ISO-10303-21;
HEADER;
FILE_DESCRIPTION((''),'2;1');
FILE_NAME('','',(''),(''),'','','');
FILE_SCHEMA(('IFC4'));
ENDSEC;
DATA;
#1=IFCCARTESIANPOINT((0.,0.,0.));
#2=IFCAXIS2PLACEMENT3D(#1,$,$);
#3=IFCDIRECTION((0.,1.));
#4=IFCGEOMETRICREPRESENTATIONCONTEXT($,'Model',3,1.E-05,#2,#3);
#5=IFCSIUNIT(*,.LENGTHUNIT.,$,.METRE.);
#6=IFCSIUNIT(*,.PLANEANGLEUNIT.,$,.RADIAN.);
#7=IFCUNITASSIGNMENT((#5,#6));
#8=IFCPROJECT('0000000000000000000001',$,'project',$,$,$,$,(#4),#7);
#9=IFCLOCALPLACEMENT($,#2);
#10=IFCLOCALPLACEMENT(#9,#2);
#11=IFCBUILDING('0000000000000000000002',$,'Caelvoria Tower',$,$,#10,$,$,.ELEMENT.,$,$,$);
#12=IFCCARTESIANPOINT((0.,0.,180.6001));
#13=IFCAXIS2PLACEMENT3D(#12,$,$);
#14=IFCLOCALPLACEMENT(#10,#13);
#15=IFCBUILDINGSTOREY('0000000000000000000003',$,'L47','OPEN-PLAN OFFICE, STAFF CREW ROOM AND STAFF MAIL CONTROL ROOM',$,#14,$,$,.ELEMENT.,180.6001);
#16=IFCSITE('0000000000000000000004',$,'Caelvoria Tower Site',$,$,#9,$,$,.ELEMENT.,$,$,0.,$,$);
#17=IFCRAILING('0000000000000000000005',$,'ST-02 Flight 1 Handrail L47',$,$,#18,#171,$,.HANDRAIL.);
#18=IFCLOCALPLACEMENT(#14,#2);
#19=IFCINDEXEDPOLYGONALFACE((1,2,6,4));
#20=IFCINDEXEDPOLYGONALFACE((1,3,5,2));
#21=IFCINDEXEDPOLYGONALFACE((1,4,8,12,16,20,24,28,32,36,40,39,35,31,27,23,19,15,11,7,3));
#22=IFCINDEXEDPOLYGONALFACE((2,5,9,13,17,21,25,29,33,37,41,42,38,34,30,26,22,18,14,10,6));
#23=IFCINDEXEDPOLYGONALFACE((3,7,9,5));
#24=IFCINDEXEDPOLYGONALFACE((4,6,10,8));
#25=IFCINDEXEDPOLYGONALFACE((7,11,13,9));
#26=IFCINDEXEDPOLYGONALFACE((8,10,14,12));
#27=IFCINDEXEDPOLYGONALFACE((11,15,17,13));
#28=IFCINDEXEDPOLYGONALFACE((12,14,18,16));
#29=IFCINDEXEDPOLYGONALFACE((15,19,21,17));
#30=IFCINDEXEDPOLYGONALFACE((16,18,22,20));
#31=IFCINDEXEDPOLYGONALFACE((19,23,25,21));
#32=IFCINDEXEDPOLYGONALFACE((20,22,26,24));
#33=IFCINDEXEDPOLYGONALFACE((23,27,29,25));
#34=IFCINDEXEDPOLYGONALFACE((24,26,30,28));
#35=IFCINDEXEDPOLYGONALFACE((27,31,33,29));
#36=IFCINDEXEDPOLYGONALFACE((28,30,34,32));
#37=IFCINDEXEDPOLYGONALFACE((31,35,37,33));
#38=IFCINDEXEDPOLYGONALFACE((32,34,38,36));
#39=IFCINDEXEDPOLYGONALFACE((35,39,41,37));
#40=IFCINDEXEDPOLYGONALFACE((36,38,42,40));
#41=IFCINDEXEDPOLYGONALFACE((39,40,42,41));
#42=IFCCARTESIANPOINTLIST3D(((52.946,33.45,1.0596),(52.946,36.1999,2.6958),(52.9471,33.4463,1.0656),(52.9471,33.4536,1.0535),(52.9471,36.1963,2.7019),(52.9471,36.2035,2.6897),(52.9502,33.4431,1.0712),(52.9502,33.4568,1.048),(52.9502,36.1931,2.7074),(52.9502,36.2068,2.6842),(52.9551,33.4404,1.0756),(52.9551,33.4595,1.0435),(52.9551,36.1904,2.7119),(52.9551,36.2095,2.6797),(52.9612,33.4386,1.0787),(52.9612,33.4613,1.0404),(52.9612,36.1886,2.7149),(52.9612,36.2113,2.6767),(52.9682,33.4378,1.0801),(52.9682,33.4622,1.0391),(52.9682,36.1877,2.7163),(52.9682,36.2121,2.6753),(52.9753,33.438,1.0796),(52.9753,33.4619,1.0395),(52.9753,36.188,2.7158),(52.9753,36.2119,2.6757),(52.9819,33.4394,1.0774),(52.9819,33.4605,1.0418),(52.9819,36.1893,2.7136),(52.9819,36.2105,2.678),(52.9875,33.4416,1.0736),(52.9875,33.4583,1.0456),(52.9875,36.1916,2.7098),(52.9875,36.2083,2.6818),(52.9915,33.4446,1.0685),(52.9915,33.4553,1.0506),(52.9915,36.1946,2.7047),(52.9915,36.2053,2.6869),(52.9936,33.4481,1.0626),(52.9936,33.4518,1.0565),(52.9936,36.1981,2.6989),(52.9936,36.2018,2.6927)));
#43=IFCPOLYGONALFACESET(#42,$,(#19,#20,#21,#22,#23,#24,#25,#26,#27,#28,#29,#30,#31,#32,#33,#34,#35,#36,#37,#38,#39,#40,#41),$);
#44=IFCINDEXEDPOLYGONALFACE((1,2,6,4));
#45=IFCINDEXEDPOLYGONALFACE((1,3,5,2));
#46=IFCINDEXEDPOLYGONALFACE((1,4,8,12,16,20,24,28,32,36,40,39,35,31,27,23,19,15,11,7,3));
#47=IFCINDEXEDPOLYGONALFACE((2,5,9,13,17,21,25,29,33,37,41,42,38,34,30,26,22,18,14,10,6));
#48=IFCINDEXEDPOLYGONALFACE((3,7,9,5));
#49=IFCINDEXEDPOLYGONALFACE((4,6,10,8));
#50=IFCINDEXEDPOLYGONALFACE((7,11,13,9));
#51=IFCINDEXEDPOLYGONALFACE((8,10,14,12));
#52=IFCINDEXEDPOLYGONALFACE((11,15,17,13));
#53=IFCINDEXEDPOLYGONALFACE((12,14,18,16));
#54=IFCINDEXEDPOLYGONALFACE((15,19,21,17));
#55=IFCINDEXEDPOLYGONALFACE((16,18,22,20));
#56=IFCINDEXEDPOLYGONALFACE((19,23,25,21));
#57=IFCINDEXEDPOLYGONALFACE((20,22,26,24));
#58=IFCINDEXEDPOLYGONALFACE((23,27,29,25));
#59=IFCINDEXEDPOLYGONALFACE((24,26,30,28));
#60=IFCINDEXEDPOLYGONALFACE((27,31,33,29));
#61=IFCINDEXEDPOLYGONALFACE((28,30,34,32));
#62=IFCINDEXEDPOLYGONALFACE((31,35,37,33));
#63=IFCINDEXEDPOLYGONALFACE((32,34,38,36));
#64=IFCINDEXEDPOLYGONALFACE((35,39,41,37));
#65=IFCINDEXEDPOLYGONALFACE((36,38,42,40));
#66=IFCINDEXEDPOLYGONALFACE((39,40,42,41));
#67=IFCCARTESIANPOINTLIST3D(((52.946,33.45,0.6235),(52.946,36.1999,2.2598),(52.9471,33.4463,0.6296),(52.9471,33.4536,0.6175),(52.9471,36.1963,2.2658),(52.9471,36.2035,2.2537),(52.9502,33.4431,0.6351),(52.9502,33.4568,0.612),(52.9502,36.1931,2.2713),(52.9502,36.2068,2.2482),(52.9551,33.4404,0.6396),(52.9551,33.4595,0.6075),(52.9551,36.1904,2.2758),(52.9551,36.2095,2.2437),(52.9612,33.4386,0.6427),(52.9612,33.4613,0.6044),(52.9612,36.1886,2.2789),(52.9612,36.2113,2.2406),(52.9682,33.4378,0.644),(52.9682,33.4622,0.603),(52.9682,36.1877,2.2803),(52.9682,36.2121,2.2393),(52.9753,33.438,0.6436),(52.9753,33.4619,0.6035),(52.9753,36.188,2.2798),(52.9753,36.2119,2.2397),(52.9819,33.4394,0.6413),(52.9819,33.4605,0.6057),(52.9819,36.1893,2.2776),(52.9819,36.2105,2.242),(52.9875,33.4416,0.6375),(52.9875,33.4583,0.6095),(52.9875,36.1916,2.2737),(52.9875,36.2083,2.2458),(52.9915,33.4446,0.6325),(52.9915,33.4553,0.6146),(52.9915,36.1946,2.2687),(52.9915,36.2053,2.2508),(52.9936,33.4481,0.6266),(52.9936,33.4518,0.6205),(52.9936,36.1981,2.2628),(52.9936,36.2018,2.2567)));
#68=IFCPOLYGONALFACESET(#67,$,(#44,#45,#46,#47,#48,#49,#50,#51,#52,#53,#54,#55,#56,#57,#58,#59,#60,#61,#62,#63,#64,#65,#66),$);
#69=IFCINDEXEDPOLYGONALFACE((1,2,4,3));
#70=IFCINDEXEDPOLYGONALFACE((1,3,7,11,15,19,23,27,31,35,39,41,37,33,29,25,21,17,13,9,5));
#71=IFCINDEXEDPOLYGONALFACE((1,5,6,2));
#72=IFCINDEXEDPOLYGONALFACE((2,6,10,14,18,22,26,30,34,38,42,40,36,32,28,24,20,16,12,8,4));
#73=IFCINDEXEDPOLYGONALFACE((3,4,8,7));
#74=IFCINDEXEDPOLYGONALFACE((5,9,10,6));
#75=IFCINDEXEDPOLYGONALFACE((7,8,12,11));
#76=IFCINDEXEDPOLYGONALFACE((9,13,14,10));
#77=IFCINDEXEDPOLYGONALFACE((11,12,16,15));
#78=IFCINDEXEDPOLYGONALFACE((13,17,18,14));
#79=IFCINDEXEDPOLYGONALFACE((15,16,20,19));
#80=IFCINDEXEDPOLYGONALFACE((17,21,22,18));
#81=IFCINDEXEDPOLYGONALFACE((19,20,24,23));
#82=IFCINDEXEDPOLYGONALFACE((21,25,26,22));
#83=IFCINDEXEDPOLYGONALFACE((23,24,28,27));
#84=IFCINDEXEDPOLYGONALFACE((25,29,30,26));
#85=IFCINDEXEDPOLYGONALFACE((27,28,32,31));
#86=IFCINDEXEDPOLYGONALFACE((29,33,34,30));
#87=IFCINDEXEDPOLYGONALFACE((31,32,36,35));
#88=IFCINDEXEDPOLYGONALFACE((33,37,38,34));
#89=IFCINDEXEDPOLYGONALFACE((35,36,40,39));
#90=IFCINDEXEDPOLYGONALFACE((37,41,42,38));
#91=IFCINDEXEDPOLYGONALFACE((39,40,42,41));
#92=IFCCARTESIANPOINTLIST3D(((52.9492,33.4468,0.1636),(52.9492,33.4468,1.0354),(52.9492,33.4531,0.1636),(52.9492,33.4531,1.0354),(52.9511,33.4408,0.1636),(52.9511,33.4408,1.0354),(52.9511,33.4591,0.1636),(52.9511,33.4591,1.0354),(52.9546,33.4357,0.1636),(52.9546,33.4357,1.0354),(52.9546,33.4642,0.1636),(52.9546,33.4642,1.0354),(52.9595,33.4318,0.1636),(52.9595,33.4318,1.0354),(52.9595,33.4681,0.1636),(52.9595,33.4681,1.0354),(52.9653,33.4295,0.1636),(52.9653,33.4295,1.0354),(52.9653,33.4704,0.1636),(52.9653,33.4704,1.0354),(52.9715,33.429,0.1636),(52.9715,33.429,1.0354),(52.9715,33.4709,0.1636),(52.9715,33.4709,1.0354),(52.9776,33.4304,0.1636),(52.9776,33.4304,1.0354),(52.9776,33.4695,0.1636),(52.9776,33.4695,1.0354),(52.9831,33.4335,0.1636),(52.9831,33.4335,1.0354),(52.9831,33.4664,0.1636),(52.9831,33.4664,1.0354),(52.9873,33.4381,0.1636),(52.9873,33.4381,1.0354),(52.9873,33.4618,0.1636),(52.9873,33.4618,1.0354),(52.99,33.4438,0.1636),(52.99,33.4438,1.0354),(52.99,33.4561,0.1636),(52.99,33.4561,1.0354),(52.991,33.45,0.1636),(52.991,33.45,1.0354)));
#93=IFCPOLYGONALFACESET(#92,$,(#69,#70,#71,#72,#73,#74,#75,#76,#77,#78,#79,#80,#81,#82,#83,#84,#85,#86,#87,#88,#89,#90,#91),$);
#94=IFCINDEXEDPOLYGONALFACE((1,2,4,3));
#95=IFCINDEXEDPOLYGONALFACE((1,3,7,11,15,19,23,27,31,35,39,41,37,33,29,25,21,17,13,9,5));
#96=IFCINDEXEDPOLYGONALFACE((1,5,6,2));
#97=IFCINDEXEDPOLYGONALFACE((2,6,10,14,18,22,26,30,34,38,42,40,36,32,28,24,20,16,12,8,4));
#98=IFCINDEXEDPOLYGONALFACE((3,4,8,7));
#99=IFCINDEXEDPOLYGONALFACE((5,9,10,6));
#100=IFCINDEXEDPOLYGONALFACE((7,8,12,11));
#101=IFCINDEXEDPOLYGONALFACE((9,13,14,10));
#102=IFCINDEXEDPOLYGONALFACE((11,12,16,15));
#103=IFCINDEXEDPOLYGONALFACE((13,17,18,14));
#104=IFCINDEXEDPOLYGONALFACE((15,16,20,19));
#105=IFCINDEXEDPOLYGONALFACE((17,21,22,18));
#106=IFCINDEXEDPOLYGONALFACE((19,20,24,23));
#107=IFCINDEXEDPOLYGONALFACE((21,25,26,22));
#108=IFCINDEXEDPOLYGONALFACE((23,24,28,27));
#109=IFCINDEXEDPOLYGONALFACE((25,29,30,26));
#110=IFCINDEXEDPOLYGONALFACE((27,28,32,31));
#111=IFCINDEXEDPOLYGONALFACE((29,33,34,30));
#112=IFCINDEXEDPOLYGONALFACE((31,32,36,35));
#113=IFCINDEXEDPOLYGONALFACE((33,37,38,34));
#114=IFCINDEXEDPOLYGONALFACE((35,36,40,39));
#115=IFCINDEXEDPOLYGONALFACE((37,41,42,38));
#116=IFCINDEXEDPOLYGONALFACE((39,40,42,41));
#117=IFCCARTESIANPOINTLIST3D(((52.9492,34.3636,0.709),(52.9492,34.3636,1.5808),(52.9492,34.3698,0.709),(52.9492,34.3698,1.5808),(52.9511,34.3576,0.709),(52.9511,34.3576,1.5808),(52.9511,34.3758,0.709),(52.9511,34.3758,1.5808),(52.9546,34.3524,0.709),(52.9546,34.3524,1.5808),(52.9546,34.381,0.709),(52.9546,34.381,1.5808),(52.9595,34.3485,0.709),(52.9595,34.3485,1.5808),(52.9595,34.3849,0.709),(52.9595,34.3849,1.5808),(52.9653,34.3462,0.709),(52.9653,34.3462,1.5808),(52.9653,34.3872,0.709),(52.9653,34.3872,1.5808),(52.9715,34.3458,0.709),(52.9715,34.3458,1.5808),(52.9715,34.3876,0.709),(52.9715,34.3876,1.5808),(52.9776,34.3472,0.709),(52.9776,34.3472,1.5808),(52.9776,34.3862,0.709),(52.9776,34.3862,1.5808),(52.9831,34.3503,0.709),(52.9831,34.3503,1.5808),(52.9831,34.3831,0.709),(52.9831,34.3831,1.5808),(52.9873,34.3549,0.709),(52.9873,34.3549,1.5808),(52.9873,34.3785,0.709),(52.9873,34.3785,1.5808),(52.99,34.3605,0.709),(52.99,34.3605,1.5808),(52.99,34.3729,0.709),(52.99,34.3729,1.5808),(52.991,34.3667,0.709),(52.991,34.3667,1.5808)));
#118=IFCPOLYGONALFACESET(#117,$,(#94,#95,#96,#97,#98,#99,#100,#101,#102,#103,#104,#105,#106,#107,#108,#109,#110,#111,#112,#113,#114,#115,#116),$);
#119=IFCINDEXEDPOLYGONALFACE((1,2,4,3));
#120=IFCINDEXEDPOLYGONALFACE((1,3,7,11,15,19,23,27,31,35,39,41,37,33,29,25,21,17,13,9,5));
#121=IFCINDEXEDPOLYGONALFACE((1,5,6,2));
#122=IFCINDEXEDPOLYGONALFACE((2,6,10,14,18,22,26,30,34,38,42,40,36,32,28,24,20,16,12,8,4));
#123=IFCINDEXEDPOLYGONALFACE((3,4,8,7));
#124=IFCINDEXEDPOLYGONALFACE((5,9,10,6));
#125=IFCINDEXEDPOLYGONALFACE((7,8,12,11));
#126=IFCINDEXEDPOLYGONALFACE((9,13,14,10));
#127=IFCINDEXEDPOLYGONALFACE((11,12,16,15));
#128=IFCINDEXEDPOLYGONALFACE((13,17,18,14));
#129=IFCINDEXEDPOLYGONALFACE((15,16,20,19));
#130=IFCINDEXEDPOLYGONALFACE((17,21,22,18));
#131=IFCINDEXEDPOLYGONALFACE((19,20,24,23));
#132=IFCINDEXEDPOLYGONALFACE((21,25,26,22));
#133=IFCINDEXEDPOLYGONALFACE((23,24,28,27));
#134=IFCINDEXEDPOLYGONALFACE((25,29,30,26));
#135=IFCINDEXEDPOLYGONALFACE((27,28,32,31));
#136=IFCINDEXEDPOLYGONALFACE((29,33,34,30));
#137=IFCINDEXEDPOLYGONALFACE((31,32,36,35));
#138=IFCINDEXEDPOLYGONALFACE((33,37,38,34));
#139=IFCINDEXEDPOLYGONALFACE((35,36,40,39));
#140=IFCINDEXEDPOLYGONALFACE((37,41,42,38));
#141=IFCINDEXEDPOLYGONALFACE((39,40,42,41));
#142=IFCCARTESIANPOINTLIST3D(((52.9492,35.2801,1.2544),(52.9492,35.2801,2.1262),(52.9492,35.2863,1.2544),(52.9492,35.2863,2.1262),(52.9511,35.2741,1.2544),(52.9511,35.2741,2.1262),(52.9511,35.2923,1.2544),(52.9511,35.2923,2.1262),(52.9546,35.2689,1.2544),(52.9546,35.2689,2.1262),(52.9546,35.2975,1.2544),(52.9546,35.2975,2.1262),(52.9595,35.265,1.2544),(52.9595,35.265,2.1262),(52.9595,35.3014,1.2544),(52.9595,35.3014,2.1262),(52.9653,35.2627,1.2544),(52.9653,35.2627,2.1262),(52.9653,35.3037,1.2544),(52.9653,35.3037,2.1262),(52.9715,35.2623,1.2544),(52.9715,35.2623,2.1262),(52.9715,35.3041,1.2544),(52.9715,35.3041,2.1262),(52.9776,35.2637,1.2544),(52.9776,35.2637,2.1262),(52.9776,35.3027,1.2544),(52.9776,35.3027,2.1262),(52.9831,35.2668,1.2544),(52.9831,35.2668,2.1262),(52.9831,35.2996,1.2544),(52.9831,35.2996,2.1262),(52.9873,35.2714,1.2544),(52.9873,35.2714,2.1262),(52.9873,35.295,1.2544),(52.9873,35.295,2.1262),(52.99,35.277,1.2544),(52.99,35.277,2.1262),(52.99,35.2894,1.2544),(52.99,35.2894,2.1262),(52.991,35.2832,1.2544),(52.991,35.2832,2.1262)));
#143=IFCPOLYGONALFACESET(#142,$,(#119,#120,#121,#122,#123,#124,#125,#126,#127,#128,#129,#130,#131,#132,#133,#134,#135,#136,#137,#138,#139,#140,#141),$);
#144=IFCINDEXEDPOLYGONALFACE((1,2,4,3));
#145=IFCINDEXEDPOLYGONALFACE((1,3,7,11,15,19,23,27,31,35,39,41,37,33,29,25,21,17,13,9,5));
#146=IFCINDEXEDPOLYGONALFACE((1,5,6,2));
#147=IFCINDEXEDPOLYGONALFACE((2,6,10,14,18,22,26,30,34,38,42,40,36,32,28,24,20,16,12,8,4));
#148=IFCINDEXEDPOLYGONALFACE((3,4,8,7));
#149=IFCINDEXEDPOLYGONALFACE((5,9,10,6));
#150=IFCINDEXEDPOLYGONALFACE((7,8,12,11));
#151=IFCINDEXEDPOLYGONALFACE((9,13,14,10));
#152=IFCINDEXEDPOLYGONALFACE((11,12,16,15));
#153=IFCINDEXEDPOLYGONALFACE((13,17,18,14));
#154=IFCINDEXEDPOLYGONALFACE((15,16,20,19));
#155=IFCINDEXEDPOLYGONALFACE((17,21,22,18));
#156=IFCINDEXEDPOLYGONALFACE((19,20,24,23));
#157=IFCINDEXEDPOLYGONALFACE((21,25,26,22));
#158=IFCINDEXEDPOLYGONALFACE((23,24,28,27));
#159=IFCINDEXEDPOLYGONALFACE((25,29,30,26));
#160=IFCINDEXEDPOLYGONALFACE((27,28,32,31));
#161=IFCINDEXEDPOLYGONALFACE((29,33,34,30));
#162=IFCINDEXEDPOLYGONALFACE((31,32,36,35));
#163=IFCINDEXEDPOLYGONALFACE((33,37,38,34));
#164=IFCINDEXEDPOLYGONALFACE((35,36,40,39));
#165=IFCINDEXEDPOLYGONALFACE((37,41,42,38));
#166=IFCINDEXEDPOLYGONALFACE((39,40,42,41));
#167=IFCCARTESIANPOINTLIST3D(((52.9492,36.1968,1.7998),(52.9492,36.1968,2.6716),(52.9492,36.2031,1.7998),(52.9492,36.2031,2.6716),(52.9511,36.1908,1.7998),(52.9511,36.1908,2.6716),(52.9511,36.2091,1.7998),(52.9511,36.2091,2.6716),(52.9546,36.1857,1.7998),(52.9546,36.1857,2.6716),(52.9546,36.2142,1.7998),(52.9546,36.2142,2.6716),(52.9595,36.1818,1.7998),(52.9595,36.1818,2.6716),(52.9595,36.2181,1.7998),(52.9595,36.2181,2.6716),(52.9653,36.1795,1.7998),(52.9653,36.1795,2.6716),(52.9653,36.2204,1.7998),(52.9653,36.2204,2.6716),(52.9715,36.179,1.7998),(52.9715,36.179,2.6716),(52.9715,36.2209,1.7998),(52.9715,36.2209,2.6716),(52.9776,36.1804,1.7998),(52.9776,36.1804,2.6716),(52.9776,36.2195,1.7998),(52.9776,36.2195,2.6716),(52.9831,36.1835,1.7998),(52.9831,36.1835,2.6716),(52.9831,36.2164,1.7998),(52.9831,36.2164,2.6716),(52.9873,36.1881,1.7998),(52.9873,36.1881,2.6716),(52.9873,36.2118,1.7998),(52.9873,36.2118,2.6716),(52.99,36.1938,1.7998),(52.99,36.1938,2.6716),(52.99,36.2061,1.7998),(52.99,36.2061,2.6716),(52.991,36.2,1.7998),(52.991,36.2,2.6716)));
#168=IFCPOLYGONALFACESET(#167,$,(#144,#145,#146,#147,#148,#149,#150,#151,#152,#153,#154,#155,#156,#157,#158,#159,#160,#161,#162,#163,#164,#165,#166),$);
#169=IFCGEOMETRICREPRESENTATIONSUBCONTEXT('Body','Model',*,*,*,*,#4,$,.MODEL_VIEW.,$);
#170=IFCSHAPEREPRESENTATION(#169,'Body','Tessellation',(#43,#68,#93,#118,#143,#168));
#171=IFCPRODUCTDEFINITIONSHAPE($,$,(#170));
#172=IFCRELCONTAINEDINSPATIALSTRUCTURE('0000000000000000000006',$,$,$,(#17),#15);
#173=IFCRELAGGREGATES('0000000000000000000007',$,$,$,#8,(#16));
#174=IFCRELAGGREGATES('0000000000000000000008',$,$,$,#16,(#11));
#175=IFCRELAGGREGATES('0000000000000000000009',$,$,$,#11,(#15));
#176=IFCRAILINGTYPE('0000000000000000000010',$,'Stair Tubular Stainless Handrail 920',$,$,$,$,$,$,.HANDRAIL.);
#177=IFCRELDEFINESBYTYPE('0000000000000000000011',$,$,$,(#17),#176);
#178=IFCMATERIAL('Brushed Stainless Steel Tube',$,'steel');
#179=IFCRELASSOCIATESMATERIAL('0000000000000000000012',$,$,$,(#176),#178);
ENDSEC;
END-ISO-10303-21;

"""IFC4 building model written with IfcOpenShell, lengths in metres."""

from ifc_helpers import new_model, si_unit, direction, frame, origin, origin_2d, place, context, subcontext, project, spatial, circle, extrude, material, type_object, element, save


model = new_model("IFC4")

# Units and contexts
model_context = context("Model", 3, precision=1e-05, world=origin(), true_north=direction((0.0, 1.0)))
body_context = subcontext(model_context, "Body", "Model", "MODEL_VIEW")
ifc_project = project(units=[si_unit("LENGTHUNIT", "METRE"), si_unit("PLANEANGLEUNIT", "RADIAN")], contexts=[model_context])

# Site, building, storey
site_placement = place(None, origin())
site = spatial("IfcSite", under=ifc_project, at=site_placement, Name="Caelvoria Tower Site", CompositionType="ELEMENT", RefElevation=0.0)
building_placement = place(site_placement, origin())
building = spatial("IfcBuilding", under=site, at=building_placement, Name="Caelvoria Tower", CompositionType="ELEMENT")
storey_placement = place(building_placement, frame((0.0, 0.0, 180.6001)))
storey = spatial("IfcBuildingStorey", under=building, at=storey_placement, Name="L47", Description="OPEN-PLAN OFFICE, STAFF CREW ROOM AND STAFF MAIL CONTROL ROOM", CompositionType="ELEMENT", Elevation=180.6001)

# Railing
ifc_material_1 = material(Name="Brushed Stainless Steel Tube", Category="steel")
railing_type_1 = type_object("IfcRailingType", Name="Stair Tubular Stainless Handrail 920", PredefinedType="HANDRAIL", material=ifc_material_1)
railing_1_placement = place(storey_placement, frame((52.97, 33.45, 0.1636)))
element("IfcRailing", 1, at=railing_1_placement, inside=storey, type_object=railing_type_1, Name="ST-02 Flight 1 Handrail L47", PredefinedType="HANDRAIL", context=body_context, shape_type="SweptSolid", body=[
    extrude(circle(Radius=0.0239, at=origin_2d()), frame((0.0, 0.0, 0.896), z_axis=(0.0, 0.859385, 0.511328), x_axis=(-1.0, 0.0, 0.0)), (0.0, 0.0, 1.0), 3.2),
    extrude(circle(Radius=0.0239, at=origin_2d()), frame((0.0, 0.0, 0.46), z_axis=(0.0, 0.859385, 0.511328), x_axis=(-1.0, 0.0, 0.0)), (0.0, 0.0, 1.0), 3.2),
    extrude(circle(Radius=0.021, at=origin_2d()), origin(), (0.0, 0.0, 1.0), 0.8718),
    extrude(circle(Radius=0.021, at=origin_2d()), frame((0.0, 0.9167, 0.5454)), (0.0, 0.0, 1.0), 0.8718),
    extrude(circle(Radius=0.021, at=origin_2d()), frame((0.0, 1.8333, 1.0908)), (0.0, 0.0, 1.0), 0.8718),
    extrude(circle(Radius=0.021, at=origin_2d()), frame((0.0, 2.75, 1.6362)), (0.0, 0.0, 1.0), 0.8718),
])

save(model, "model.ifc")
